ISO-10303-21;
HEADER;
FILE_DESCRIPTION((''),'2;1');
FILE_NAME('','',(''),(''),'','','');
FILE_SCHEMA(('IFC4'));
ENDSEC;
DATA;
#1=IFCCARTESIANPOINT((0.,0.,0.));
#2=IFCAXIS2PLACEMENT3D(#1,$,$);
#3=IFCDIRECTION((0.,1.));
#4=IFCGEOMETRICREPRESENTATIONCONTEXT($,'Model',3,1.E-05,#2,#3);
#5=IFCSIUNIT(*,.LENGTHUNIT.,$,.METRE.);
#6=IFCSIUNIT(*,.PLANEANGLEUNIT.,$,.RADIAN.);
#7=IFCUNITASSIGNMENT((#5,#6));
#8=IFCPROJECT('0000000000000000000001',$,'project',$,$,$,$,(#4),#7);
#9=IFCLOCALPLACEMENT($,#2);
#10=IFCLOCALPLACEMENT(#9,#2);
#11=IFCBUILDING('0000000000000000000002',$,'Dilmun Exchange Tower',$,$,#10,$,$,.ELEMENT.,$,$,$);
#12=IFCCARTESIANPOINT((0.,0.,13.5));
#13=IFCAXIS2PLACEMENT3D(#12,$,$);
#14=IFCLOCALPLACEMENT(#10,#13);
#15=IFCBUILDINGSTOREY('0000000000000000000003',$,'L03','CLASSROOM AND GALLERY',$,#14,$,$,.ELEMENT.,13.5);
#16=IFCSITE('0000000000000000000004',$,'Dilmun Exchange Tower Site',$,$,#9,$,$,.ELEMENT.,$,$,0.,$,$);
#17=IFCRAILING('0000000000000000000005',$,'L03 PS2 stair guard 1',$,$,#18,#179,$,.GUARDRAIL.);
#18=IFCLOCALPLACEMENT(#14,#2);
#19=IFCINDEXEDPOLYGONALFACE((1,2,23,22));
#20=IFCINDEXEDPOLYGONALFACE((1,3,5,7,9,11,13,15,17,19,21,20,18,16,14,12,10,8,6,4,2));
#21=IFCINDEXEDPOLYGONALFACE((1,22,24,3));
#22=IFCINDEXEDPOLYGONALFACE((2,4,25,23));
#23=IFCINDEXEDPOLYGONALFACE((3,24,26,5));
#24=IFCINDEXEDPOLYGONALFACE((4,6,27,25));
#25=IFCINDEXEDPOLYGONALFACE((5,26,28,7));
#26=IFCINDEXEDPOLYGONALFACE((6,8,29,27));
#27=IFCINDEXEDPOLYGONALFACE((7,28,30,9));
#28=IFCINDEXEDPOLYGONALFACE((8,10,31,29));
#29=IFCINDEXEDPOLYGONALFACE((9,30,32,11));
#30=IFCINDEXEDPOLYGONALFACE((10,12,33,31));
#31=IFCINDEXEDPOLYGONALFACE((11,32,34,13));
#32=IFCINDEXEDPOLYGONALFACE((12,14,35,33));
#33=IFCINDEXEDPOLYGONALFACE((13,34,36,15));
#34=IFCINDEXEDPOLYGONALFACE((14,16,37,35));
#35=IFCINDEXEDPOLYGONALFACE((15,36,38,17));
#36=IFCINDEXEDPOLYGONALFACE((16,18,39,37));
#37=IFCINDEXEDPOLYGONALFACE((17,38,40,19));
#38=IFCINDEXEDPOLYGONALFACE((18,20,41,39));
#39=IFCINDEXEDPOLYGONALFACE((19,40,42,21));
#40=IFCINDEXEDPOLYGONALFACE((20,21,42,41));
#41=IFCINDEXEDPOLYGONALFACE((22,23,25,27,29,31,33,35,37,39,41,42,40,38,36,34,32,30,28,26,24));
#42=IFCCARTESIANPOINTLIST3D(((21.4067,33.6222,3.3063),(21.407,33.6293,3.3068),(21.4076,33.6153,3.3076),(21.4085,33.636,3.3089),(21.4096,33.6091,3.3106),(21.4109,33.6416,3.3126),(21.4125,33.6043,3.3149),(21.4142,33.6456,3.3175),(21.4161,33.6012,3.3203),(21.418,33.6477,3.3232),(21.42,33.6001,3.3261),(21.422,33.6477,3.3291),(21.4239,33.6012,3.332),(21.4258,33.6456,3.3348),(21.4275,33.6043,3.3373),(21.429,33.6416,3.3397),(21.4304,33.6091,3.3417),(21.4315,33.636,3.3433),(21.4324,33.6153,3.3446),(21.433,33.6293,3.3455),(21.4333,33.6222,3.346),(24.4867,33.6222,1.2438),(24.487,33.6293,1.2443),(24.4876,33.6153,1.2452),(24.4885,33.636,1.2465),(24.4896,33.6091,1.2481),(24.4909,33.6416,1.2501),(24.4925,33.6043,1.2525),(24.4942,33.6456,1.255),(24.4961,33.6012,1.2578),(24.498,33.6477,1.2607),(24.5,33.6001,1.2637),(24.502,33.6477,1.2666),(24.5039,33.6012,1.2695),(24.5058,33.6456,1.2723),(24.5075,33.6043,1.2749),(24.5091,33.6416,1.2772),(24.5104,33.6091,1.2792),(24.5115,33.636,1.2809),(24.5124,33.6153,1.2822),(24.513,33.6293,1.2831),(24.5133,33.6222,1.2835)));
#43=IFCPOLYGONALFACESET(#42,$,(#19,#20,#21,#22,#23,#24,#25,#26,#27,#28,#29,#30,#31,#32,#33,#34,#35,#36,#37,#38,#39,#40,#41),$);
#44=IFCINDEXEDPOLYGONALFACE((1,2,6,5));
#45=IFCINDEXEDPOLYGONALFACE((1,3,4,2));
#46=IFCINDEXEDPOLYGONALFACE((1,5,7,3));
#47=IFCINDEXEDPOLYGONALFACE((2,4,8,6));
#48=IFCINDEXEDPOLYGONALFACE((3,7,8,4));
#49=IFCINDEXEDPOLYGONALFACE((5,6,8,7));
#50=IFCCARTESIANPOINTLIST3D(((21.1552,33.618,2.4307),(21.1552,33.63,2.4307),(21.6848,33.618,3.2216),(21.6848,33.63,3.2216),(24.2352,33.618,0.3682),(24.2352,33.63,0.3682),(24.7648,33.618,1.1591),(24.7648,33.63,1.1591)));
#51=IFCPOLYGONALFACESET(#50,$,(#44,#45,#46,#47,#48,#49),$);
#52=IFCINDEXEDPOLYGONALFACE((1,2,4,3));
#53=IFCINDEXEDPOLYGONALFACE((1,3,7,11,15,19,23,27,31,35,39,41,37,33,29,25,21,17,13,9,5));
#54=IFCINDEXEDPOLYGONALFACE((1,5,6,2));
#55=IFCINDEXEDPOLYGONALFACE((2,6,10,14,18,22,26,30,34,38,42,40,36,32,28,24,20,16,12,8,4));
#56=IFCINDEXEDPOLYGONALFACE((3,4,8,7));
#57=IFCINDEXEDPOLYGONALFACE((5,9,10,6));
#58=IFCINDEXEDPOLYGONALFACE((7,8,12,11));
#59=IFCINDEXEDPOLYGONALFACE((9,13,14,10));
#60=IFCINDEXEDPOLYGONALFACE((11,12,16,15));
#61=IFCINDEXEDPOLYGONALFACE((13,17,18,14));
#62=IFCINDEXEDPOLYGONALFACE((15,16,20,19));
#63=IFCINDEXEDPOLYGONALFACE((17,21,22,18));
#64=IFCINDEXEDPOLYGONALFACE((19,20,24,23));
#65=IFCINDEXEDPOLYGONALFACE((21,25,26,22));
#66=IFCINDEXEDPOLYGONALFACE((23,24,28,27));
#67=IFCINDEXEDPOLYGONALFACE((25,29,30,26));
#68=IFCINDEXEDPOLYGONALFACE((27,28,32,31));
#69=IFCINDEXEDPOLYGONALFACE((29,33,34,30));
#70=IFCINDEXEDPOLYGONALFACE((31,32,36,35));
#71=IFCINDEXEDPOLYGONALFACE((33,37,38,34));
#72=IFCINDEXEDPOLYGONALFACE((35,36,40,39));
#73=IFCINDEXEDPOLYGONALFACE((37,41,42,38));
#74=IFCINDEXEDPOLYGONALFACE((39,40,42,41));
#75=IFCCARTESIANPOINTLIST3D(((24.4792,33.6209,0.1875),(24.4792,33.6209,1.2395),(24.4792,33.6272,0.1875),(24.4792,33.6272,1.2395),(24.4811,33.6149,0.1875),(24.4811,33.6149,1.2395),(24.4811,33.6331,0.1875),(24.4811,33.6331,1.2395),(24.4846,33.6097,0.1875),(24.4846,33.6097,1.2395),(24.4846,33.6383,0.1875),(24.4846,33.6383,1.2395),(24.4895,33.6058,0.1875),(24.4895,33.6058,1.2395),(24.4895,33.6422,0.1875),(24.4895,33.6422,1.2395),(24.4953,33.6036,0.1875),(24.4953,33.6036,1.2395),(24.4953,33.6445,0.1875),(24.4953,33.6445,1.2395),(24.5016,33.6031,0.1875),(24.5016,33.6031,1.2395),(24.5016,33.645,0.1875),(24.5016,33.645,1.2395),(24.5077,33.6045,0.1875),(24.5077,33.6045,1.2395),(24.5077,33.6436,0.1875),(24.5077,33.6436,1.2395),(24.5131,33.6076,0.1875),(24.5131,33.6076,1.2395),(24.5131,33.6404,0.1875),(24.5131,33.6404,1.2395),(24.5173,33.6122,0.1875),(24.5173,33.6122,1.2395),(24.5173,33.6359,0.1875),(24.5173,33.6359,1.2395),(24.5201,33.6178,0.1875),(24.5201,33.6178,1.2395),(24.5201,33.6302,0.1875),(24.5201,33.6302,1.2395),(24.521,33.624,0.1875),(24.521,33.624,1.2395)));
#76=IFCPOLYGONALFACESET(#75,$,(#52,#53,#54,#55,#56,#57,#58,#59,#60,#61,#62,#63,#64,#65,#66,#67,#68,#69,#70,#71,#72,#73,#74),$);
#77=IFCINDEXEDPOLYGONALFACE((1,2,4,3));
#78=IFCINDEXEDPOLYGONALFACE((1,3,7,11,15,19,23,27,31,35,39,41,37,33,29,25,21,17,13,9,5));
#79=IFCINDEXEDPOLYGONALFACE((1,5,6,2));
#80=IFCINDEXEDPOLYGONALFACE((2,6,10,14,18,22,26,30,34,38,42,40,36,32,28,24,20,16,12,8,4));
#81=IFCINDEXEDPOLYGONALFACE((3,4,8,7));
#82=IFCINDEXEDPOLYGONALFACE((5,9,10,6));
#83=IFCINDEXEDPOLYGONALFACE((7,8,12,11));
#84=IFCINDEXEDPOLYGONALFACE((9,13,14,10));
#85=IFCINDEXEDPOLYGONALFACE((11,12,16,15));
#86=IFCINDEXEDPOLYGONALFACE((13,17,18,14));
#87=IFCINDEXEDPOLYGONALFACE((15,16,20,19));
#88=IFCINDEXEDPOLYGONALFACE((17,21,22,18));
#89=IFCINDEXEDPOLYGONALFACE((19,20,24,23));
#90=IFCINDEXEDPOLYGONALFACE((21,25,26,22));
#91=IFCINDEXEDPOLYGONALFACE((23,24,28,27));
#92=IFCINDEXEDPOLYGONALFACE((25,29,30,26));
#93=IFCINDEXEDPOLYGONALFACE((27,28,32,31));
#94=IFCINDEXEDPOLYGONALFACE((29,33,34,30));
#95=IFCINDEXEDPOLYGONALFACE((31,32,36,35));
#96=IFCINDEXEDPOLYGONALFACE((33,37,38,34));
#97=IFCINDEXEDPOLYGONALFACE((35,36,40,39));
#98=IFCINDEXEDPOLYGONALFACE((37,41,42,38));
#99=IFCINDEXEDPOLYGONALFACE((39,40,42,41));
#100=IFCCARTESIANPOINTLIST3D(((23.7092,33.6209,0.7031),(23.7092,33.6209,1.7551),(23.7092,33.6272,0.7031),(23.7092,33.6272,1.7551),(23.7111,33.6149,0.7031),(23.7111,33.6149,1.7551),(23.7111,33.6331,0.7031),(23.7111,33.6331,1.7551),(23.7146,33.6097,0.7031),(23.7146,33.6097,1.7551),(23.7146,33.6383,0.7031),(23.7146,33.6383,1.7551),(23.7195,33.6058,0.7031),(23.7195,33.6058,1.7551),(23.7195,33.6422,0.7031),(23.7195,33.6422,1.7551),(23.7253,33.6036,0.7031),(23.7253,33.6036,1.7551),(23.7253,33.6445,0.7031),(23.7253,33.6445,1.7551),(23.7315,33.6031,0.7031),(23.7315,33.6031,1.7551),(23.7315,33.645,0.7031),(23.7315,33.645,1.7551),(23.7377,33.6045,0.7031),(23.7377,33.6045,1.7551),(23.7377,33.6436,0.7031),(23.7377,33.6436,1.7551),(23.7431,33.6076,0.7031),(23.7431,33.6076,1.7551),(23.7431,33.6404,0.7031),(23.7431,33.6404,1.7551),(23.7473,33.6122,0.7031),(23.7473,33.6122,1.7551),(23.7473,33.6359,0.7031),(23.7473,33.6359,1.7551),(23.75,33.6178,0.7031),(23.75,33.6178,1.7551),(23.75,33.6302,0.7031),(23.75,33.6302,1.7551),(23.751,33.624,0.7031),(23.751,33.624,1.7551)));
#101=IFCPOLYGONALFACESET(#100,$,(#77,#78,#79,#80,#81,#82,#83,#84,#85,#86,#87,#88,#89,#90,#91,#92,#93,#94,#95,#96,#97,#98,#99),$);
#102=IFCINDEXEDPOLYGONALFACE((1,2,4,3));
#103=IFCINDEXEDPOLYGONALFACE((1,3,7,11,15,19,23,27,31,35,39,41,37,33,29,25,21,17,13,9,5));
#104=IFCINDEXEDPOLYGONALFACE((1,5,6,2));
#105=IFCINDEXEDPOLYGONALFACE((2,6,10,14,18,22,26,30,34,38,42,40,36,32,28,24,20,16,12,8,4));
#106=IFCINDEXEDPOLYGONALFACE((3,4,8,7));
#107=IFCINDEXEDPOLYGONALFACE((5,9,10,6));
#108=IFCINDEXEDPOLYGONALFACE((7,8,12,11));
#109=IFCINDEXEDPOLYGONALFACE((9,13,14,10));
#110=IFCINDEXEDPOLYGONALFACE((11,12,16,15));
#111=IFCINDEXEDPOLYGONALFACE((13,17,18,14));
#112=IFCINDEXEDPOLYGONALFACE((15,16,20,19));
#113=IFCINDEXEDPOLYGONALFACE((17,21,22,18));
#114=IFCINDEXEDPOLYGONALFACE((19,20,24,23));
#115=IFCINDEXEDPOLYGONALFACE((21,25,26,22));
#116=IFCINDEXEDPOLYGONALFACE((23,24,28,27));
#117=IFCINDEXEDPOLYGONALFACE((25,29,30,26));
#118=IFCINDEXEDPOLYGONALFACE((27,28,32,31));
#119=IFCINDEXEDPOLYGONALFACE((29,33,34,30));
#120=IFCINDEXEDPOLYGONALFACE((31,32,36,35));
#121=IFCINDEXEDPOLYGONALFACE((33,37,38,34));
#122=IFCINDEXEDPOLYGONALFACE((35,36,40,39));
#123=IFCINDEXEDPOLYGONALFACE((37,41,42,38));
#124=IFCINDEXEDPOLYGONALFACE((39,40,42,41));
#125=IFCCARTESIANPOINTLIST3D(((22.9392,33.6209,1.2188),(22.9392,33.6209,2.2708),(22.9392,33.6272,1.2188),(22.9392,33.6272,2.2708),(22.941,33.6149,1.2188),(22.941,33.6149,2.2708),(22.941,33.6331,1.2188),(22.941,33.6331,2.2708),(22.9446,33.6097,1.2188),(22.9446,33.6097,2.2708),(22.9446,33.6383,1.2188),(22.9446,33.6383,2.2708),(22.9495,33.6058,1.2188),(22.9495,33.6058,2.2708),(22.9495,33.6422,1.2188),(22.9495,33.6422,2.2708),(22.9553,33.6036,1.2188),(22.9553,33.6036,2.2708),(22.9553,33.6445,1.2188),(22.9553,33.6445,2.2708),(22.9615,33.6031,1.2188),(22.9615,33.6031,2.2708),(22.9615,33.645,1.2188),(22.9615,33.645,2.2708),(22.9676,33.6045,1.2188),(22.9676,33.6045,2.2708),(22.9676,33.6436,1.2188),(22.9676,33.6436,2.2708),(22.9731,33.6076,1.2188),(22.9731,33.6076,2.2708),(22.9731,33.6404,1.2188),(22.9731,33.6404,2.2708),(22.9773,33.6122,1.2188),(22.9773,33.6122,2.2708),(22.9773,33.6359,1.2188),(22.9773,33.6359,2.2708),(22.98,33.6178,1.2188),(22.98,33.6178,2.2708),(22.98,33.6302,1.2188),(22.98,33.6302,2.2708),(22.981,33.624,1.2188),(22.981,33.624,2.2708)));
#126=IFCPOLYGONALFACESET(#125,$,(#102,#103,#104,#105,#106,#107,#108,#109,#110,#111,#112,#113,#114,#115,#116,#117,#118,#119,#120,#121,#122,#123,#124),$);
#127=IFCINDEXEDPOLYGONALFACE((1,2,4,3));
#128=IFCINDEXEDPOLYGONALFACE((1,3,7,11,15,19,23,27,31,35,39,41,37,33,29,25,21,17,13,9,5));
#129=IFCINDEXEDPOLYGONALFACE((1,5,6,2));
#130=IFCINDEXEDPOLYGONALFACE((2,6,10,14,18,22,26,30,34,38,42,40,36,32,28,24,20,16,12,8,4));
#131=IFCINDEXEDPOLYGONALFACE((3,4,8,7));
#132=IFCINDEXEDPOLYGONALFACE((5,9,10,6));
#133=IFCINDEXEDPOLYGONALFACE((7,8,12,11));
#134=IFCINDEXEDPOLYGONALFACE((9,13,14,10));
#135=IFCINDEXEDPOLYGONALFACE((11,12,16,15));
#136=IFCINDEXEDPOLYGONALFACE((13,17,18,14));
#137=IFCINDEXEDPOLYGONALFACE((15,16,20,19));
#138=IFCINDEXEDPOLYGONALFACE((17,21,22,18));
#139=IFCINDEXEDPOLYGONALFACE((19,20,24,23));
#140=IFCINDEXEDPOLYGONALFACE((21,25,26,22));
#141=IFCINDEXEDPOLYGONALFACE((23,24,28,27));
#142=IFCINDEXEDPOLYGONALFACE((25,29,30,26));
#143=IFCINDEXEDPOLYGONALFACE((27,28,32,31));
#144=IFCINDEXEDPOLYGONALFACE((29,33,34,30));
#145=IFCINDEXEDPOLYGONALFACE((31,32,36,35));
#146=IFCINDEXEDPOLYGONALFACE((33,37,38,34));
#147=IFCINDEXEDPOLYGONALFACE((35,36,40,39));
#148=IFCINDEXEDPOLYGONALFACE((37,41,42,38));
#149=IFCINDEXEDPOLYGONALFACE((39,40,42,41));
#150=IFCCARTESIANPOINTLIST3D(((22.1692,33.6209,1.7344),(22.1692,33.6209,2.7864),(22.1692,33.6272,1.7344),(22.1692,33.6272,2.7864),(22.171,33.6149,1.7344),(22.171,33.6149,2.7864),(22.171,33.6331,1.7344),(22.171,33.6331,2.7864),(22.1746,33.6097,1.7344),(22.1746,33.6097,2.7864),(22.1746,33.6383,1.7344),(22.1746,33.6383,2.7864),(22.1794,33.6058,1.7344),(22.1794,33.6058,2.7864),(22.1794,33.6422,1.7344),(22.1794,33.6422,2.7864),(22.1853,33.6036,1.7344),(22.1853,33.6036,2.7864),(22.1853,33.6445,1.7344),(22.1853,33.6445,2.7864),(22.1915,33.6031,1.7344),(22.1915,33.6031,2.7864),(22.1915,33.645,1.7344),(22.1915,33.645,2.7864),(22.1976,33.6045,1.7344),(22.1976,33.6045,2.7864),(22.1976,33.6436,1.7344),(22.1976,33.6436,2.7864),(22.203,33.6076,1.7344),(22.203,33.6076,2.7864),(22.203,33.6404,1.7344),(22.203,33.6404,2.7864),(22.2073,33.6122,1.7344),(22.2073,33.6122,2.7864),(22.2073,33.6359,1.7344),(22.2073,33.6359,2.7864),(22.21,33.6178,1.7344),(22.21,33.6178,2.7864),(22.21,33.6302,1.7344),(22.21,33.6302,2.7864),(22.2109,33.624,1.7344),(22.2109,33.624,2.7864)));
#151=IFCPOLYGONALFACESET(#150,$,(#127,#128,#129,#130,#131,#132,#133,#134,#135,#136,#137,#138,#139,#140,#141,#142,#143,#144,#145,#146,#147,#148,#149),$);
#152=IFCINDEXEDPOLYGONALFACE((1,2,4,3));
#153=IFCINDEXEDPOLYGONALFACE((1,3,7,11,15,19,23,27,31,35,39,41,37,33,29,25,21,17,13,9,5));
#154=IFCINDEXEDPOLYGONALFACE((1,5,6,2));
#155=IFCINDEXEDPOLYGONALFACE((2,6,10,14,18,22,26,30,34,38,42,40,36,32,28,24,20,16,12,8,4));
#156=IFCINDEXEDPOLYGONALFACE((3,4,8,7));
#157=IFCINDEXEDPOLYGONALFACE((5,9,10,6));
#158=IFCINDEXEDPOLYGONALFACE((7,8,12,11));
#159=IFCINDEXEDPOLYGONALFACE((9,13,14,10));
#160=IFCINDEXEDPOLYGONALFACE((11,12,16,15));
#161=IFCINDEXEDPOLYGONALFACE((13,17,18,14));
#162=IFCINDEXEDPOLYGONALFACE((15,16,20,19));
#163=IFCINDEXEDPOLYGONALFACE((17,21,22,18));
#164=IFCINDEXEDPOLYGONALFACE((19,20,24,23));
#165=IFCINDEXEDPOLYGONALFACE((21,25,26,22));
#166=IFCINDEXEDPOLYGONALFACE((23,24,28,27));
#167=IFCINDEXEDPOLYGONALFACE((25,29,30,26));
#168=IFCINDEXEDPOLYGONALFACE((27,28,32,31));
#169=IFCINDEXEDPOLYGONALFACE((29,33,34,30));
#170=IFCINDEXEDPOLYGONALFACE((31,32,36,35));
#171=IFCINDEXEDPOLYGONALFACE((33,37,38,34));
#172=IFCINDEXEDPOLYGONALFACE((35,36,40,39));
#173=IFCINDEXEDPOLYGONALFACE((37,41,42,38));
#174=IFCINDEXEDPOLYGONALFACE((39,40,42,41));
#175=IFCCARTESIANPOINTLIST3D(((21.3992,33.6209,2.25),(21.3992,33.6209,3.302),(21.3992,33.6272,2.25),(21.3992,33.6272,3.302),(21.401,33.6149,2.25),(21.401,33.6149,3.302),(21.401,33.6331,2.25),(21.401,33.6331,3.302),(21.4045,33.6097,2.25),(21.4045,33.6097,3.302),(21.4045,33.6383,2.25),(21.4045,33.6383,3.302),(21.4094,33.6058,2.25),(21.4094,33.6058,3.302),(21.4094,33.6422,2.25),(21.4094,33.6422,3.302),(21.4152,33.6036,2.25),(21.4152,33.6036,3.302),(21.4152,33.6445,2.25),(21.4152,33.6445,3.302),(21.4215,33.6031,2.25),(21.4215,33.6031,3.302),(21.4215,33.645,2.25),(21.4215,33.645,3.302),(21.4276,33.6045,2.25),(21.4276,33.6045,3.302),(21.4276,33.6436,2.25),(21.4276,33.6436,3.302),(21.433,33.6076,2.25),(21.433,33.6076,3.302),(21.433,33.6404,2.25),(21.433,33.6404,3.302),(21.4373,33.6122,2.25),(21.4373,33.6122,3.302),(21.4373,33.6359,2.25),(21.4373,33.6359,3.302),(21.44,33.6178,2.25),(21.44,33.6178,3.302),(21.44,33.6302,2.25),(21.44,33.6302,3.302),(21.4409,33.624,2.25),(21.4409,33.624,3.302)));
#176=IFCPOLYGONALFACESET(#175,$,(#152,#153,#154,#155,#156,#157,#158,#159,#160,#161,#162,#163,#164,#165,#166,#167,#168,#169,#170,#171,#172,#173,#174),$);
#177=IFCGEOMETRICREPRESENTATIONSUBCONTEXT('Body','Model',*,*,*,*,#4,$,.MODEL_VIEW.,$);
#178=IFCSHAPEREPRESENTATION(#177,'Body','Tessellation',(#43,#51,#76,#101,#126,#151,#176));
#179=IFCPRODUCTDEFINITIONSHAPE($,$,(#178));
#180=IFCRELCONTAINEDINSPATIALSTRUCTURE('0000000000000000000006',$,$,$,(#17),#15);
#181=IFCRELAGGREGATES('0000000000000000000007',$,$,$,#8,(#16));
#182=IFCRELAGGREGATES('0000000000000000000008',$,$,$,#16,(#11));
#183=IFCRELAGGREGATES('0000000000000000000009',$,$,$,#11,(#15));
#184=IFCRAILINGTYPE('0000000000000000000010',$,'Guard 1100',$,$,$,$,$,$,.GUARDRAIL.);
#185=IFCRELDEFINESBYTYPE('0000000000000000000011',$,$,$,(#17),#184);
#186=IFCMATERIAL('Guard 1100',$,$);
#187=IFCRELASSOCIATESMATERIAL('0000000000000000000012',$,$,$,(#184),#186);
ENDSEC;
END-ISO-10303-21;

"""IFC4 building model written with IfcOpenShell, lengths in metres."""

from ifc_helpers import new_model, si_unit, direction, frame, origin, origin_2d, place, context, subcontext, project, spatial, rectangle, circle, extrude, material, type_object, element, save


model = new_model("IFC4")

# Units and contexts
model_context = context("Model", 3, precision=1e-05, world=origin(), true_north=direction((0.0, 1.0)))
body_context = subcontext(model_context, "Body", "Model", "MODEL_VIEW")
ifc_project = project(units=[si_unit("LENGTHUNIT", "METRE"), si_unit("PLANEANGLEUNIT", "RADIAN")], contexts=[model_context])

# Site, building, storey
site_placement = place(None, origin())
site = spatial("IfcSite", under=ifc_project, at=site_placement, Name="Dilmun Exchange Tower Site", CompositionType="ELEMENT", RefElevation=0.0)
building_placement = place(site_placement, origin())
building = spatial("IfcBuilding", under=site, at=building_placement, Name="Dilmun Exchange Tower", CompositionType="ELEMENT")
storey_placement = place(building_placement, frame((0.0, 0.0, 13.5)))
storey = spatial("IfcBuildingStorey", under=building, at=storey_placement, Name="L03", Description="CLASSROOM AND GALLERY", CompositionType="ELEMENT", Elevation=13.5)

# Railing
ifc_material_1 = material(Name="Guard 1100")
railing_type_1 = type_object("IfcRailingType", Name="Guard 1100", PredefinedType="GUARDRAIL", material=ifc_material_1)
railing_1_placement = place(storey_placement, frame((24.5, 33.624, 0.1875)))
element("IfcRailing", 1, at=railing_1_placement, inside=storey, type_object=railing_type_1, Name="L03 PS2 stair guard 1", PredefinedType="GUARDRAIL", context=body_context, shape_type="SweptSolid", body=[
    extrude(circle(Radius=0.0239, at=origin_2d()), frame((0.0, 0.0, 1.0762), z_axis=(-0.830914, 0.0, 0.556401), x_axis=(0.0, -1.0, 0.0)), (0.0, 0.0, 1.0), 3.7068),
    extrude(rectangle(XDim=0.012, YDim=0.9519, at=origin_2d()), frame((0.0, 0.0, 0.5762), z_axis=(-0.830914, 0.0, 0.556401), x_axis=(0.0, -1.0, 0.0)), (0.0, 0.0, 1.0), 3.7068),
    extrude(circle(Radius=0.021, at=origin_2d()), origin(), (0.0, 0.0, 1.0), 1.052),
    extrude(circle(Radius=0.021, at=origin_2d()), frame((-0.77, 0.0, 0.5156)), (0.0, 0.0, 1.0), 1.052),
    extrude(circle(Radius=0.021, at=origin_2d()), frame((-1.54, 0.0, 1.0312)), (0.0, 0.0, 1.0), 1.052),
    extrude(circle(Radius=0.021, at=origin_2d()), frame((-2.3101, 0.0, 1.5469)), (0.0, 0.0, 1.0), 1.052),
    extrude(circle(Radius=0.021, at=origin_2d()), frame((-3.0801, 0.0, 2.0625)), (0.0, 0.0, 1.0), 1.052),
])

save(model, "model.ifc")
